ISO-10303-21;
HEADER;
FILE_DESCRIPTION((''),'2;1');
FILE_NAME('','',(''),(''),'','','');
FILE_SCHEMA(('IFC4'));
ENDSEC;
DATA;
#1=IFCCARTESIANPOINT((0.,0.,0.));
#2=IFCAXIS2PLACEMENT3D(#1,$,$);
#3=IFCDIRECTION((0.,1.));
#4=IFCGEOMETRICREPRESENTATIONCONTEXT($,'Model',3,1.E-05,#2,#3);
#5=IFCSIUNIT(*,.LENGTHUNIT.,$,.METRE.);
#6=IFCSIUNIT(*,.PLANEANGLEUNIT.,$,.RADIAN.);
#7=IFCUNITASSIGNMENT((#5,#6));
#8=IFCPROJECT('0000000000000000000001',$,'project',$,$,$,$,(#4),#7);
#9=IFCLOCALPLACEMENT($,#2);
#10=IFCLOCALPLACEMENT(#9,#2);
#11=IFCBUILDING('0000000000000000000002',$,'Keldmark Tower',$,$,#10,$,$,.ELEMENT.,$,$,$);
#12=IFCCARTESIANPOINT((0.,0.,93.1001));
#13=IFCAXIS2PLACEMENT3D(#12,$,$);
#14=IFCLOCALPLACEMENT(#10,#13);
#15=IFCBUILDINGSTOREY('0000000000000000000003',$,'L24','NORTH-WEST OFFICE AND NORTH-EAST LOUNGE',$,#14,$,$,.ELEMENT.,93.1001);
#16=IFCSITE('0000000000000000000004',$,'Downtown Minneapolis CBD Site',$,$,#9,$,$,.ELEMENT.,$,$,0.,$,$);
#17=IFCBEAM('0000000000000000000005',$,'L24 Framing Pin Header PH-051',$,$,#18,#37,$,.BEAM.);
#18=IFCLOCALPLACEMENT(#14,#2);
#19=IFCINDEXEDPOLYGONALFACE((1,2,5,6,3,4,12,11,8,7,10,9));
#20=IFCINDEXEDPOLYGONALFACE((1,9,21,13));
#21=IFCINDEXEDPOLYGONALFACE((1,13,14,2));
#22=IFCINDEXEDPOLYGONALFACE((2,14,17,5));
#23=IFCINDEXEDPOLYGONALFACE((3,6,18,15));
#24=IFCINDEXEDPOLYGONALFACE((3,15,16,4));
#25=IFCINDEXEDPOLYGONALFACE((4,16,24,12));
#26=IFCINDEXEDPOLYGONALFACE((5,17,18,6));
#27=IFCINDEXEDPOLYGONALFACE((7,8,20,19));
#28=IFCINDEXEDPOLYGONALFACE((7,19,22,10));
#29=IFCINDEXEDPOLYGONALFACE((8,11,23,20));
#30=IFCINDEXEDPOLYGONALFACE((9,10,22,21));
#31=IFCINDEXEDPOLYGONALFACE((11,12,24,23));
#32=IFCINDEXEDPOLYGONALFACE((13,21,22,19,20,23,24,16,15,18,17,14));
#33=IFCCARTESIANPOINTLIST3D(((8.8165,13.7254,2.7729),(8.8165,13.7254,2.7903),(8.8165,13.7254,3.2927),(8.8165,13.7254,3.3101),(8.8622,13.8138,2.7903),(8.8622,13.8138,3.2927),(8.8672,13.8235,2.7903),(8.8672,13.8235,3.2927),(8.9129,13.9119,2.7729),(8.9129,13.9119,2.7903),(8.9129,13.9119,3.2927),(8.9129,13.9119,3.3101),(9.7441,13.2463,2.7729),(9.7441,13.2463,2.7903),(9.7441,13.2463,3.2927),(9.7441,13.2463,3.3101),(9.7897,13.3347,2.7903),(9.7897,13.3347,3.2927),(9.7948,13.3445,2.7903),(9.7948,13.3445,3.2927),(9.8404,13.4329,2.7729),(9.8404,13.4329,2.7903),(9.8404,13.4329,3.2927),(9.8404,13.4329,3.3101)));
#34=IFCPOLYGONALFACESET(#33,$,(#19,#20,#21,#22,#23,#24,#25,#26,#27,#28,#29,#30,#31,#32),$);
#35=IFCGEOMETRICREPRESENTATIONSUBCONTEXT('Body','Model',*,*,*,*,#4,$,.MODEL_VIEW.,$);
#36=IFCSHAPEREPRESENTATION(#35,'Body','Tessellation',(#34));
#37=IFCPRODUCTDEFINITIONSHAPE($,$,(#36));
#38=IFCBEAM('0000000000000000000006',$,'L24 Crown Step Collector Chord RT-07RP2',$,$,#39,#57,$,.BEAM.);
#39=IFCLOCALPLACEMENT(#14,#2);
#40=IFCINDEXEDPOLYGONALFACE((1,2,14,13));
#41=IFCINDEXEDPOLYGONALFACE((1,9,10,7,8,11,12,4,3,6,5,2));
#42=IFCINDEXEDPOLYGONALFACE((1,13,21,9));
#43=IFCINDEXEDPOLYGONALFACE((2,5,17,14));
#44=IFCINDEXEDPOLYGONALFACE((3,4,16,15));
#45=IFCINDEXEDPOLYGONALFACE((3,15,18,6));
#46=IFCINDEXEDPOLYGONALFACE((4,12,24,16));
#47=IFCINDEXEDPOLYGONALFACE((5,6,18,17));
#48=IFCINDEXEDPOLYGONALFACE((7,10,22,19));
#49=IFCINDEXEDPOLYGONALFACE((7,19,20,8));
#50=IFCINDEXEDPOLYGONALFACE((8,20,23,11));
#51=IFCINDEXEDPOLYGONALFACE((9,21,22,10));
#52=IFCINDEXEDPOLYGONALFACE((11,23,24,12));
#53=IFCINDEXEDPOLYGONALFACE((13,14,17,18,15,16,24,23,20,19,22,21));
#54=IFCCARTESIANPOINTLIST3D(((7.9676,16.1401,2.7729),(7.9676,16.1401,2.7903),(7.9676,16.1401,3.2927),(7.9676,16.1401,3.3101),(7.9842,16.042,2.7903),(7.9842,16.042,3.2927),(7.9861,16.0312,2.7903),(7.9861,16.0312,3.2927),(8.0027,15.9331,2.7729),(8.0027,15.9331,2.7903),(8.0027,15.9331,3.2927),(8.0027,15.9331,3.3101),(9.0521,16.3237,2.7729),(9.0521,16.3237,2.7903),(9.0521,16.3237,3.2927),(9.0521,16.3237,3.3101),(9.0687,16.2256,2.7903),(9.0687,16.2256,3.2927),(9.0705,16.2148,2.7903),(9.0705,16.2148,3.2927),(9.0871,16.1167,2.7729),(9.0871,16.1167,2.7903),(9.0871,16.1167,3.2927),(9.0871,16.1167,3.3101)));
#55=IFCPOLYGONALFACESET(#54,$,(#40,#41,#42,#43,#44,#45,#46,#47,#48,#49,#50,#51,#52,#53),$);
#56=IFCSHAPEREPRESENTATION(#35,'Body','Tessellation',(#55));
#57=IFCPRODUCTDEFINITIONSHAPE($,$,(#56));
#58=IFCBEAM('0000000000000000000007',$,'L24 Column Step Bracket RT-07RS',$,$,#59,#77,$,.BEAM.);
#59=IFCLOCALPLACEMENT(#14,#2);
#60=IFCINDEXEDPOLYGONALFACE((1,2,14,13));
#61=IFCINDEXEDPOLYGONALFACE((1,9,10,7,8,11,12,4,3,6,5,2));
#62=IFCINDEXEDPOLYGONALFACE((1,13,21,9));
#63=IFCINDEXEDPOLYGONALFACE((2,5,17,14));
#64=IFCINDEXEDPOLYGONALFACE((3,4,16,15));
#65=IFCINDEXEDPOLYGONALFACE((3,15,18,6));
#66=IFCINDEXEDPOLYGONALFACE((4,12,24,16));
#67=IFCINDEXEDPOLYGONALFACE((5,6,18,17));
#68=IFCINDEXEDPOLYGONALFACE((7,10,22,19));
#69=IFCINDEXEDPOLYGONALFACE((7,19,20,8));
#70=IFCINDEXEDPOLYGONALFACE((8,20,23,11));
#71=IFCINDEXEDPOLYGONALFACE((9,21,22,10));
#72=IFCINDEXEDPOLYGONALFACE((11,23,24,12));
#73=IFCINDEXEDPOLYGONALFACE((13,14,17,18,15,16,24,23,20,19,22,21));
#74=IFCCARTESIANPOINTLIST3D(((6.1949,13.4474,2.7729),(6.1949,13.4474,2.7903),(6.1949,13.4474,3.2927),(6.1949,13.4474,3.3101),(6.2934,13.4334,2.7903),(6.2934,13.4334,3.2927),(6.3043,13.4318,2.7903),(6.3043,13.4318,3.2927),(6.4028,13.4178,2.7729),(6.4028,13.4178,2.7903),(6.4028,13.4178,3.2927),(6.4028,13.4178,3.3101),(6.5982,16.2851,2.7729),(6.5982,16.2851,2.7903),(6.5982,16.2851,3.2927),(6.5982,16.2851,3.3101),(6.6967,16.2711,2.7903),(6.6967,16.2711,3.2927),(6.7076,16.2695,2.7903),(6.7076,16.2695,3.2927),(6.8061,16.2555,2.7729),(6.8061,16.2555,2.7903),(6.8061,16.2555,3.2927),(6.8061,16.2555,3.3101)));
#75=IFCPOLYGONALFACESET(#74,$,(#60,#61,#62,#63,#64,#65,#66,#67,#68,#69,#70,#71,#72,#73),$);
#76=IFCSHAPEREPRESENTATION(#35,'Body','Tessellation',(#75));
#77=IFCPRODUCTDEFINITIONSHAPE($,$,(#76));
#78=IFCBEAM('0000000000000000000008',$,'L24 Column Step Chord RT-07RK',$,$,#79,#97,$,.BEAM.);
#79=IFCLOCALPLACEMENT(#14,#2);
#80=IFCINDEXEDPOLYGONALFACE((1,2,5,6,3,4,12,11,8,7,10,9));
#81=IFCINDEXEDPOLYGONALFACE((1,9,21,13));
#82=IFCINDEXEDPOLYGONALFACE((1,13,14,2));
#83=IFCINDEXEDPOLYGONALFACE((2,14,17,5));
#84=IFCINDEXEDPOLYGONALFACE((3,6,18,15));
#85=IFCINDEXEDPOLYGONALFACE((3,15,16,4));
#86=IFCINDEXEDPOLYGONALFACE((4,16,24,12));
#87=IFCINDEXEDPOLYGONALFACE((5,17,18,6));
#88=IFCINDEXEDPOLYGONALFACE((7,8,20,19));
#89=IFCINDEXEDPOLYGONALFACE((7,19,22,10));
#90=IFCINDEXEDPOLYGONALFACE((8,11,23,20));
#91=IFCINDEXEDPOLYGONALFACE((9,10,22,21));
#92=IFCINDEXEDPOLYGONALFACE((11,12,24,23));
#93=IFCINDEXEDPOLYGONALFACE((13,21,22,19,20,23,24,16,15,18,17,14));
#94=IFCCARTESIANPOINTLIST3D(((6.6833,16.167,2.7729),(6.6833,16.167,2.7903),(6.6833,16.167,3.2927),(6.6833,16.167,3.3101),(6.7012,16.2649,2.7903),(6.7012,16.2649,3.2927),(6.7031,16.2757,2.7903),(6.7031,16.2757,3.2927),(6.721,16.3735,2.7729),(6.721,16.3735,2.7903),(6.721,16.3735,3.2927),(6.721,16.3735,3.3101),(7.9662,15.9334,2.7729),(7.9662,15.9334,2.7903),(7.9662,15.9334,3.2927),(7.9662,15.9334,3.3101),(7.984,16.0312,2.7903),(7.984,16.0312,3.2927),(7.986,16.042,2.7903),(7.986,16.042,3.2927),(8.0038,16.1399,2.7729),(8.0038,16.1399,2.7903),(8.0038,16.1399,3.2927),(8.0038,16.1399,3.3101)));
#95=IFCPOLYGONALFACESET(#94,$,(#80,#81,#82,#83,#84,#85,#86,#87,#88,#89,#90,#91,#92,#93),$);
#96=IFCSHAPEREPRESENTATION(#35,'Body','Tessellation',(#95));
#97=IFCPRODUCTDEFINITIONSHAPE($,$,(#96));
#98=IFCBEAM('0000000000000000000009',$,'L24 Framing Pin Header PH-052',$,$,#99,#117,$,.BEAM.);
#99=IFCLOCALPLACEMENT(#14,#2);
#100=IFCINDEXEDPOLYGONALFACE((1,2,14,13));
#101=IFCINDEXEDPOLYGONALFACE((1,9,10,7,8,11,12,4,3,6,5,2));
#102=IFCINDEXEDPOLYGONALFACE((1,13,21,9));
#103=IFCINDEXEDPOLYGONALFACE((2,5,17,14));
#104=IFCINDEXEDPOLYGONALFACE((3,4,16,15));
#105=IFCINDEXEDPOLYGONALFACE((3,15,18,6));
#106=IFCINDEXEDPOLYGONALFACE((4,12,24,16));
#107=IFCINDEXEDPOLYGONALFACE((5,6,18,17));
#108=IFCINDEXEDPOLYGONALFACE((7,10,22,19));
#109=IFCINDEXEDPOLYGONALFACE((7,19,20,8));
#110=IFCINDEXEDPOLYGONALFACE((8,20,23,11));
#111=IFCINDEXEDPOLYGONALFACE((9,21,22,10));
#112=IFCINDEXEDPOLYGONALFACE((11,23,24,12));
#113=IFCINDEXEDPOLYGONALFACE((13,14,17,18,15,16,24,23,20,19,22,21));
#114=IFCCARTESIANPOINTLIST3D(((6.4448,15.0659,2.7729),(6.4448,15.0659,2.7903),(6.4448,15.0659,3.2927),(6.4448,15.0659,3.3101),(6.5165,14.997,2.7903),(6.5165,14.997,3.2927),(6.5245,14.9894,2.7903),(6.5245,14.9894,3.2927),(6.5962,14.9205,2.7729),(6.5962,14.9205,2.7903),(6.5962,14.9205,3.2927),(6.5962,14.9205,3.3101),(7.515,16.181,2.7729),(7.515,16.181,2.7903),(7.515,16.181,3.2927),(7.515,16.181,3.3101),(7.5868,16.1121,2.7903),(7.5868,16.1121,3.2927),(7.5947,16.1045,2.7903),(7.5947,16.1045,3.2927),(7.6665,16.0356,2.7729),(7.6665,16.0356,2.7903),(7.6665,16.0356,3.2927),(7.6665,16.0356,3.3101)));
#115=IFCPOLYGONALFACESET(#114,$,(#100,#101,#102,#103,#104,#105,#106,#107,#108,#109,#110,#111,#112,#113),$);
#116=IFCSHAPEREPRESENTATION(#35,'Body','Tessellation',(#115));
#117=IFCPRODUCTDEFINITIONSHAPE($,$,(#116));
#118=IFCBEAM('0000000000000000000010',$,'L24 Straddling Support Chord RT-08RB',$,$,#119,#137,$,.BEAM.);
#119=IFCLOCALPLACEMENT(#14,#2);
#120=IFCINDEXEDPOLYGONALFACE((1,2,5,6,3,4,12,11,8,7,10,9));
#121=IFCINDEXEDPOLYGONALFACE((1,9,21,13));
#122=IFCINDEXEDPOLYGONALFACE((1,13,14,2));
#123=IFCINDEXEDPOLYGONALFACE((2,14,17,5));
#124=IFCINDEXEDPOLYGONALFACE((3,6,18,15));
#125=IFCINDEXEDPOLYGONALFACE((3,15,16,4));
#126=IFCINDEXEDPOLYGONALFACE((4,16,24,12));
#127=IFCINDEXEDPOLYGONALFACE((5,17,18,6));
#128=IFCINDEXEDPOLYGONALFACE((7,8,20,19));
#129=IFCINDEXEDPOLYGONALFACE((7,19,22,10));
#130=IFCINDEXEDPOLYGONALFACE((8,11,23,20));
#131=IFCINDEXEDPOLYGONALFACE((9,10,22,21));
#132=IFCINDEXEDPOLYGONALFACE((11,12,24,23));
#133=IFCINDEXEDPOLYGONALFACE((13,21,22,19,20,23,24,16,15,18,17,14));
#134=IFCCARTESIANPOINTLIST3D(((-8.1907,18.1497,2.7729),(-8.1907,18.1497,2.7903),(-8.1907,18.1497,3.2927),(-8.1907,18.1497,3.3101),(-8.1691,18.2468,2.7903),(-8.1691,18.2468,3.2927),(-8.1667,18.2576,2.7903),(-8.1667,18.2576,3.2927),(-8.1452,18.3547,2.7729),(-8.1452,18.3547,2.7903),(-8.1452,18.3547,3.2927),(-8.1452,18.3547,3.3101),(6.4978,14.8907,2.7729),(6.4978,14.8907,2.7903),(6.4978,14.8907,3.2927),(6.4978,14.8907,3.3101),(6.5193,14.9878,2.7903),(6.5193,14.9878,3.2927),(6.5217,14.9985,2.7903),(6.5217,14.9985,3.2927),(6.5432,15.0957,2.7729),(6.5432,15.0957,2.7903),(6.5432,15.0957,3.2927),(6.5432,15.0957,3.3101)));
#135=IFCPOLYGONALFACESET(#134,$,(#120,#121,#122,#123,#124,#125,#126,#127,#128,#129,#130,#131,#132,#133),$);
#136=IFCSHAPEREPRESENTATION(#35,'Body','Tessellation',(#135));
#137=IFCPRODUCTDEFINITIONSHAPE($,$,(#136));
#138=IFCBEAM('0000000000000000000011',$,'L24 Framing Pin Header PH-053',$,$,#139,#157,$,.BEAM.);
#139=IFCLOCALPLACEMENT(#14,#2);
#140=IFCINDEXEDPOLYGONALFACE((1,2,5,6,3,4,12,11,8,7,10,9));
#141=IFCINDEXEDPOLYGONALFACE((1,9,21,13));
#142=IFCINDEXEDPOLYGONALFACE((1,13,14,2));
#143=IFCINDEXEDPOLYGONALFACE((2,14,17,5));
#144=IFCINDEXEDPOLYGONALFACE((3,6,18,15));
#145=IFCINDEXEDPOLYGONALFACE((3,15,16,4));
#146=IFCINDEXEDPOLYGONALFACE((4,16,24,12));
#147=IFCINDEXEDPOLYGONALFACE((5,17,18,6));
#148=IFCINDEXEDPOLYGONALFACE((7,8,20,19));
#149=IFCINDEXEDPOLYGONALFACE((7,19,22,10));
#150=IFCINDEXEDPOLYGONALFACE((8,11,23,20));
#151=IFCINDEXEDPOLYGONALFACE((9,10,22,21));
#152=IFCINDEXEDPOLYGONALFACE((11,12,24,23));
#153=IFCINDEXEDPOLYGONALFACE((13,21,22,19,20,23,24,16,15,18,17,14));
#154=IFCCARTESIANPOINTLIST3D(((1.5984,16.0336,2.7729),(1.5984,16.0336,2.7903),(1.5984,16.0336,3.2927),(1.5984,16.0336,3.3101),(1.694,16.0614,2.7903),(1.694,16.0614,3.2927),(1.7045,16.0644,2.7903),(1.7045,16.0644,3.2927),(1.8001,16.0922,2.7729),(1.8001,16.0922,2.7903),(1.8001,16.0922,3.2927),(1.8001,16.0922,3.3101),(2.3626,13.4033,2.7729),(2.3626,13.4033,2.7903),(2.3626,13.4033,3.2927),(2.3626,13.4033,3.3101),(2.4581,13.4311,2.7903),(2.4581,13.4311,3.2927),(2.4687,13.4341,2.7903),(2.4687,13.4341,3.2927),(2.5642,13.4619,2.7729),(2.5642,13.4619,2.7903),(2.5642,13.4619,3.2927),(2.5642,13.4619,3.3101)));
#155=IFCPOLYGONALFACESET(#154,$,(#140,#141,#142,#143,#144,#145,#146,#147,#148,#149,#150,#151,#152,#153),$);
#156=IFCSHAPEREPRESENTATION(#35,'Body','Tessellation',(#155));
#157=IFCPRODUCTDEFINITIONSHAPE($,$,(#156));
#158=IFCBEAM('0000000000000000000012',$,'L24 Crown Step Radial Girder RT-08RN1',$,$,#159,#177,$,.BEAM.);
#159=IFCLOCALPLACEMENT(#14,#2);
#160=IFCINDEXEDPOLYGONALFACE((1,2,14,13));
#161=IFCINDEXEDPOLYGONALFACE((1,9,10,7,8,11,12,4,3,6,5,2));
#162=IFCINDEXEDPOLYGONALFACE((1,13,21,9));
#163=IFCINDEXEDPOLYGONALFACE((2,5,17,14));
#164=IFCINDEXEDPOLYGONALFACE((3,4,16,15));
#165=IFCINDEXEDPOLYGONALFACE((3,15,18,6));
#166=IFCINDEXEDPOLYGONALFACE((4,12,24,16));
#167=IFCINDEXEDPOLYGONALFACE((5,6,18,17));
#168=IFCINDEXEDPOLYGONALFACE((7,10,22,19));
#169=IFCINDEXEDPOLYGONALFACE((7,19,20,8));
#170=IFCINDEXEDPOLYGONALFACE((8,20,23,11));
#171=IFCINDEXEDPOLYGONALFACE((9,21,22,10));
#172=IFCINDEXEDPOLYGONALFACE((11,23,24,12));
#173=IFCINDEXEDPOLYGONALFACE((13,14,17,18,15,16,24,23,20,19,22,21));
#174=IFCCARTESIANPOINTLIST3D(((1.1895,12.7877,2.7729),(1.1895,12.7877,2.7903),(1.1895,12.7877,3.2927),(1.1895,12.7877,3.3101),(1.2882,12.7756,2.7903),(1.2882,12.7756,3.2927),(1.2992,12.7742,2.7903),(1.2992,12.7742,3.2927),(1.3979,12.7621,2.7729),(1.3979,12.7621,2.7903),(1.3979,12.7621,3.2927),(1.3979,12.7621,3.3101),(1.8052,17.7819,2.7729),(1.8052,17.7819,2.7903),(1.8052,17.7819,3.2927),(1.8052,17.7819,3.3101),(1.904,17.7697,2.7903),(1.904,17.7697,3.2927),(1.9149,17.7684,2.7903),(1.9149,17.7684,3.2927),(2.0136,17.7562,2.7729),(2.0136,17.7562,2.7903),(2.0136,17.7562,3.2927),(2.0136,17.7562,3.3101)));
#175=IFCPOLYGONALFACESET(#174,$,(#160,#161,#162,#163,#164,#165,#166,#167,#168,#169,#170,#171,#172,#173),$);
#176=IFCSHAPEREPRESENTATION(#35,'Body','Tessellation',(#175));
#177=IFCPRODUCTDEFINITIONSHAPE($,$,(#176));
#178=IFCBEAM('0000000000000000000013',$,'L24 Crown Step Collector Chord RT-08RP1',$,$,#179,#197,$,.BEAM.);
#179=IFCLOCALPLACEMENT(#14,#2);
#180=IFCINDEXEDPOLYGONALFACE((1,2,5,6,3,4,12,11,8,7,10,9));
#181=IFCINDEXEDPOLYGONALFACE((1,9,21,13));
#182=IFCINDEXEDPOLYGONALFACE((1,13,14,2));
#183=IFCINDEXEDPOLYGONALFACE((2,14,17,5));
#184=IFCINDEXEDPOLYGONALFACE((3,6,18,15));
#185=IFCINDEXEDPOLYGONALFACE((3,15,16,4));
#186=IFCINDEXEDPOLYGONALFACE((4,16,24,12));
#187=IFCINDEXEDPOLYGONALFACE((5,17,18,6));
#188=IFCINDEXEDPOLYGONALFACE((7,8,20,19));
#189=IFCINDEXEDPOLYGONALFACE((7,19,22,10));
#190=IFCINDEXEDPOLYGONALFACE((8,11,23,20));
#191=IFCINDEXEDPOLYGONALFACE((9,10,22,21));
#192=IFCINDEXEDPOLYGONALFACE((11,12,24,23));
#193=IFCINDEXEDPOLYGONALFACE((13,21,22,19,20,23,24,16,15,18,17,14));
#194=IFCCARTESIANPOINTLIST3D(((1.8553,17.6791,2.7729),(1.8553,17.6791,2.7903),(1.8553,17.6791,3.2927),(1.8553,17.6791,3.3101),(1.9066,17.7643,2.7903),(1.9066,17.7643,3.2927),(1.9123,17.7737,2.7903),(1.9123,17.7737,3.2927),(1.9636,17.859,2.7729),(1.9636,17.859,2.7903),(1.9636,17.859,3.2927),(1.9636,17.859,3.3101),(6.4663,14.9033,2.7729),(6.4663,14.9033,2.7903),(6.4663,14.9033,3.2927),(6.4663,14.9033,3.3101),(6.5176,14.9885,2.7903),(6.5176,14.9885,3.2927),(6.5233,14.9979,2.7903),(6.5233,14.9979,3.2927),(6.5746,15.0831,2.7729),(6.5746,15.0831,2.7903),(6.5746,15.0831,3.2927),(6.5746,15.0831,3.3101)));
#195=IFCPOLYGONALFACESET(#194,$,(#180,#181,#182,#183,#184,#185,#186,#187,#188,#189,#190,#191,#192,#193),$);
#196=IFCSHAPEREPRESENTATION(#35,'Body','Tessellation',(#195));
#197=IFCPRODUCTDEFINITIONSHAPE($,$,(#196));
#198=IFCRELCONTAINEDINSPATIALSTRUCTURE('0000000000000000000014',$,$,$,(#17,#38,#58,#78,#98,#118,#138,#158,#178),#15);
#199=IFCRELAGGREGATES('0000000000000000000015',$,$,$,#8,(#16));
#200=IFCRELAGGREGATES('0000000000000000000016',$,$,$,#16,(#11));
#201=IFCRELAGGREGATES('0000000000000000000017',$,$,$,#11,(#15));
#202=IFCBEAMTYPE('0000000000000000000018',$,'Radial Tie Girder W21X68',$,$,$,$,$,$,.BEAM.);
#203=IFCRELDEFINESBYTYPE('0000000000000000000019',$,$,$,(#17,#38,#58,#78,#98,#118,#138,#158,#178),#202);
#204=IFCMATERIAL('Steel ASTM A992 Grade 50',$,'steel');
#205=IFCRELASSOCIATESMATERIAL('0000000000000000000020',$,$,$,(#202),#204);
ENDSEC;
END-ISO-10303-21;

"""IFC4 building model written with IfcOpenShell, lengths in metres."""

from ifc_helpers import new_model, si_unit, direction, frame, origin, origin_2d, place, context, subcontext, project, spatial, i_section, extrude, material, material_profile, profile_set, type_object, element, save


model = new_model("IFC4")

# Units and contexts
model_context = context("Model", 3, precision=1e-05, world=origin(), true_north=direction((0.0, 1.0)))
body_context = subcontext(model_context, "Body", "Model", "MODEL_VIEW")
ifc_project = project(units=[si_unit("LENGTHUNIT", "METRE"), si_unit("PLANEANGLEUNIT", "RADIAN")], contexts=[model_context])

# Site, building, storey
site_placement = place(None, origin())
site = spatial("IfcSite", under=ifc_project, at=site_placement, Name="Downtown Minneapolis CBD Site", CompositionType="ELEMENT", RefElevation=0.0)
building_placement = place(site_placement, origin())
building = spatial("IfcBuilding", under=site, at=building_placement, Name="Keldmark Tower", CompositionType="ELEMENT")
storey_placement = place(building_placement, frame((0.0, 0.0, 93.1001)))
storey = spatial("IfcBuildingStorey", under=building, at=storey_placement, Name="L24", Description="NORTH-WEST OFFICE AND NORTH-EAST LOUNGE", CompositionType="ELEMENT", Elevation=93.1001)

# Beams
ifc_material_1 = material(Name="Steel ASTM A992 Grade 50", Category="steel")
ifc_material_profile_1 = material_profile(ifc_material_1, i_section(OverallWidth=0.21, OverallDepth=0.5371, WebThickness=0.011, FlangeThickness=0.0173, at=origin_2d()), Name="W21X68")
ifc_profile_set_1 = profile_set([ifc_material_profile_1], Name="Steel ASTM A992 Grade 50")
beam_type_1 = type_object("IfcBeamType", Name="Radial Tie Girder W21X68", PredefinedType="BEAM", material=ifc_profile_set_1)
beam_1_placement = place(storey_placement, frame((9.7922, 13.3396, 3.0415), z_axis=(-0.888504, 0.458869, 0.0), x_axis=(-0.458869, -0.888504, 0.0)))
element("IfcBeam", 1, at=beam_1_placement, inside=storey, type_object=beam_type_1, Name="L24 Framing Pin Header PH-051", PredefinedType="BEAM", context=body_context, shape_type="SweptSolid", body=[
    extrude(i_section(OverallWidth=0.21, OverallDepth=0.5371, WebThickness=0.011, FlangeThickness=0.0173, at=origin_2d()), origin(), (0.0, 0.0, 1.0), 1.0439),
])
beam_2_placement = place(storey_placement, frame((9.0696, 16.2202, 3.0415), z_axis=(-0.985971, -0.166918, 0.0), x_axis=(0.166918, -0.985971, 0.0)))
element("IfcBeam", 2, at=beam_2_placement, inside=storey, type_object=beam_type_1, Name="L24 Crown Step Collector Chord RT-07RP2", PredefinedType="BEAM", context=body_context, shape_type="SweptSolid", body=[
    extrude(i_section(OverallWidth=0.21, OverallDepth=0.5371, WebThickness=0.011, FlangeThickness=0.0173, at=origin_2d()), origin(), (0.0, 0.0, 1.0), 1.0999),
])
beam_3_placement = place(storey_placement, frame((6.2988, 13.4326, 3.0415), z_axis=(0.140718, 0.99005, 0.0), x_axis=(-0.99005, 0.140718, 0.0)))
element("IfcBeam", 3, at=beam_3_placement, inside=storey, type_object=beam_type_1, Name="L24 Column Step Bracket RT-07RS", PredefinedType="BEAM", context=body_context, shape_type="SweptSolid", body=[
    extrude(i_section(OverallWidth=0.21, OverallDepth=0.5371, WebThickness=0.011, FlangeThickness=0.0173, at=origin_2d()), origin(), (0.0, 0.0, 1.0), 2.8662),
])
beam_4_placement = place(storey_placement, frame((6.7021, 16.2703, 3.0415), z_axis=(0.983819, -0.179166, 0.0), x_axis=(0.179166, 0.983819, 0.0)))
element("IfcBeam", 4, at=beam_4_placement, inside=storey, type_object=beam_type_1, Name="L24 Column Step Chord RT-07RK", PredefinedType="BEAM", context=body_context, shape_type="SweptSolid", body=[
    extrude(i_section(OverallWidth=0.21, OverallDepth=0.5371, WebThickness=0.011, FlangeThickness=0.0173, at=origin_2d()), origin(), (0.0, 0.0, 1.0), 1.304),
])
beam_5_placement = place(storey_placement, frame((6.5205, 14.9932, 3.0415), z_axis=(0.692427, 0.721488, 0.0), x_axis=(-0.721488, 0.692427, 0.0)))
element("IfcBeam", 5, at=beam_5_placement, inside=storey, type_object=beam_type_1, Name="L24 Framing Pin Header PH-052", PredefinedType="BEAM", context=body_context, shape_type="SweptSolid", body=[
    extrude(i_section(OverallWidth=0.21, OverallDepth=0.5371, WebThickness=0.011, FlangeThickness=0.0173, at=origin_2d()), origin(), (0.0, 0.0, 1.0), 1.5457),
])
beam_6_placement = place(storey_placement, frame((6.5205, 14.9932, 3.0415), z_axis=(-0.976258, 0.216609, 0.0), x_axis=(-0.216609, -0.976258, 0.0)))
element("IfcBeam", 6, at=beam_6_placement, inside=storey, type_object=beam_type_1, Name="L24 Straddling Support Chord RT-08RB", PredefinedType="BEAM", context=body_context, shape_type="SweptSolid", body=[
    extrude(i_section(OverallWidth=0.21, OverallDepth=0.5371, WebThickness=0.011, FlangeThickness=0.0173, at=origin_2d()), origin(), (0.0, 0.0, 1.0), 15.0457),
])
beam_7_placement = place(storey_placement, frame((2.4634, 13.4326, 3.0415), z_axis=(-0.27898, 0.960297, 0.0), x_axis=(-0.960297, -0.27898, 0.0)))
element("IfcBeam", 7, at=beam_7_placement, inside=storey, type_object=beam_type_1, Name="L24 Framing Pin Header PH-053", PredefinedType="BEAM", context=body_context, shape_type="SweptSolid", body=[
    extrude(i_section(OverallWidth=0.21, OverallDepth=0.5371, WebThickness=0.011, FlangeThickness=0.0173, at=origin_2d()), origin(), (0.0, 0.0, 1.0), 2.739),
])
beam_8_placement = place(storey_placement, frame((1.2937, 12.7749, 3.0415), z_axis=(0.122363, 0.992485, 0.0), x_axis=(-0.992485, 0.122363, 0.0)))
element("IfcBeam", 8, at=beam_8_placement, inside=storey, type_object=beam_type_1, Name="L24 Crown Step Radial Girder RT-08RN1", PredefinedType="BEAM", context=body_context, shape_type="SweptSolid", body=[
    extrude(i_section(OverallWidth=0.21, OverallDepth=0.5371, WebThickness=0.011, FlangeThickness=0.0173, at=origin_2d()), origin(), (0.0, 0.0, 1.0), 5.032),
])
beam_9_placement = place(storey_placement, frame((1.9094, 17.769, 3.0415), z_axis=(0.856736, -0.515756, 0.0), x_axis=(0.515756, 0.856736, 0.0)))
element("IfcBeam", 9, at=beam_9_placement, inside=storey, type_object=beam_type_1, Name="L24 Crown Step Collector Chord RT-08RP1", PredefinedType="BEAM", context=body_context, shape_type="SweptSolid", body=[
    extrude(i_section(OverallWidth=0.21, OverallDepth=0.5371, WebThickness=0.011, FlangeThickness=0.0173, at=origin_2d()), origin(), (0.0, 0.0, 1.0), 5.3821),
])

save(model, "model.ifc")
